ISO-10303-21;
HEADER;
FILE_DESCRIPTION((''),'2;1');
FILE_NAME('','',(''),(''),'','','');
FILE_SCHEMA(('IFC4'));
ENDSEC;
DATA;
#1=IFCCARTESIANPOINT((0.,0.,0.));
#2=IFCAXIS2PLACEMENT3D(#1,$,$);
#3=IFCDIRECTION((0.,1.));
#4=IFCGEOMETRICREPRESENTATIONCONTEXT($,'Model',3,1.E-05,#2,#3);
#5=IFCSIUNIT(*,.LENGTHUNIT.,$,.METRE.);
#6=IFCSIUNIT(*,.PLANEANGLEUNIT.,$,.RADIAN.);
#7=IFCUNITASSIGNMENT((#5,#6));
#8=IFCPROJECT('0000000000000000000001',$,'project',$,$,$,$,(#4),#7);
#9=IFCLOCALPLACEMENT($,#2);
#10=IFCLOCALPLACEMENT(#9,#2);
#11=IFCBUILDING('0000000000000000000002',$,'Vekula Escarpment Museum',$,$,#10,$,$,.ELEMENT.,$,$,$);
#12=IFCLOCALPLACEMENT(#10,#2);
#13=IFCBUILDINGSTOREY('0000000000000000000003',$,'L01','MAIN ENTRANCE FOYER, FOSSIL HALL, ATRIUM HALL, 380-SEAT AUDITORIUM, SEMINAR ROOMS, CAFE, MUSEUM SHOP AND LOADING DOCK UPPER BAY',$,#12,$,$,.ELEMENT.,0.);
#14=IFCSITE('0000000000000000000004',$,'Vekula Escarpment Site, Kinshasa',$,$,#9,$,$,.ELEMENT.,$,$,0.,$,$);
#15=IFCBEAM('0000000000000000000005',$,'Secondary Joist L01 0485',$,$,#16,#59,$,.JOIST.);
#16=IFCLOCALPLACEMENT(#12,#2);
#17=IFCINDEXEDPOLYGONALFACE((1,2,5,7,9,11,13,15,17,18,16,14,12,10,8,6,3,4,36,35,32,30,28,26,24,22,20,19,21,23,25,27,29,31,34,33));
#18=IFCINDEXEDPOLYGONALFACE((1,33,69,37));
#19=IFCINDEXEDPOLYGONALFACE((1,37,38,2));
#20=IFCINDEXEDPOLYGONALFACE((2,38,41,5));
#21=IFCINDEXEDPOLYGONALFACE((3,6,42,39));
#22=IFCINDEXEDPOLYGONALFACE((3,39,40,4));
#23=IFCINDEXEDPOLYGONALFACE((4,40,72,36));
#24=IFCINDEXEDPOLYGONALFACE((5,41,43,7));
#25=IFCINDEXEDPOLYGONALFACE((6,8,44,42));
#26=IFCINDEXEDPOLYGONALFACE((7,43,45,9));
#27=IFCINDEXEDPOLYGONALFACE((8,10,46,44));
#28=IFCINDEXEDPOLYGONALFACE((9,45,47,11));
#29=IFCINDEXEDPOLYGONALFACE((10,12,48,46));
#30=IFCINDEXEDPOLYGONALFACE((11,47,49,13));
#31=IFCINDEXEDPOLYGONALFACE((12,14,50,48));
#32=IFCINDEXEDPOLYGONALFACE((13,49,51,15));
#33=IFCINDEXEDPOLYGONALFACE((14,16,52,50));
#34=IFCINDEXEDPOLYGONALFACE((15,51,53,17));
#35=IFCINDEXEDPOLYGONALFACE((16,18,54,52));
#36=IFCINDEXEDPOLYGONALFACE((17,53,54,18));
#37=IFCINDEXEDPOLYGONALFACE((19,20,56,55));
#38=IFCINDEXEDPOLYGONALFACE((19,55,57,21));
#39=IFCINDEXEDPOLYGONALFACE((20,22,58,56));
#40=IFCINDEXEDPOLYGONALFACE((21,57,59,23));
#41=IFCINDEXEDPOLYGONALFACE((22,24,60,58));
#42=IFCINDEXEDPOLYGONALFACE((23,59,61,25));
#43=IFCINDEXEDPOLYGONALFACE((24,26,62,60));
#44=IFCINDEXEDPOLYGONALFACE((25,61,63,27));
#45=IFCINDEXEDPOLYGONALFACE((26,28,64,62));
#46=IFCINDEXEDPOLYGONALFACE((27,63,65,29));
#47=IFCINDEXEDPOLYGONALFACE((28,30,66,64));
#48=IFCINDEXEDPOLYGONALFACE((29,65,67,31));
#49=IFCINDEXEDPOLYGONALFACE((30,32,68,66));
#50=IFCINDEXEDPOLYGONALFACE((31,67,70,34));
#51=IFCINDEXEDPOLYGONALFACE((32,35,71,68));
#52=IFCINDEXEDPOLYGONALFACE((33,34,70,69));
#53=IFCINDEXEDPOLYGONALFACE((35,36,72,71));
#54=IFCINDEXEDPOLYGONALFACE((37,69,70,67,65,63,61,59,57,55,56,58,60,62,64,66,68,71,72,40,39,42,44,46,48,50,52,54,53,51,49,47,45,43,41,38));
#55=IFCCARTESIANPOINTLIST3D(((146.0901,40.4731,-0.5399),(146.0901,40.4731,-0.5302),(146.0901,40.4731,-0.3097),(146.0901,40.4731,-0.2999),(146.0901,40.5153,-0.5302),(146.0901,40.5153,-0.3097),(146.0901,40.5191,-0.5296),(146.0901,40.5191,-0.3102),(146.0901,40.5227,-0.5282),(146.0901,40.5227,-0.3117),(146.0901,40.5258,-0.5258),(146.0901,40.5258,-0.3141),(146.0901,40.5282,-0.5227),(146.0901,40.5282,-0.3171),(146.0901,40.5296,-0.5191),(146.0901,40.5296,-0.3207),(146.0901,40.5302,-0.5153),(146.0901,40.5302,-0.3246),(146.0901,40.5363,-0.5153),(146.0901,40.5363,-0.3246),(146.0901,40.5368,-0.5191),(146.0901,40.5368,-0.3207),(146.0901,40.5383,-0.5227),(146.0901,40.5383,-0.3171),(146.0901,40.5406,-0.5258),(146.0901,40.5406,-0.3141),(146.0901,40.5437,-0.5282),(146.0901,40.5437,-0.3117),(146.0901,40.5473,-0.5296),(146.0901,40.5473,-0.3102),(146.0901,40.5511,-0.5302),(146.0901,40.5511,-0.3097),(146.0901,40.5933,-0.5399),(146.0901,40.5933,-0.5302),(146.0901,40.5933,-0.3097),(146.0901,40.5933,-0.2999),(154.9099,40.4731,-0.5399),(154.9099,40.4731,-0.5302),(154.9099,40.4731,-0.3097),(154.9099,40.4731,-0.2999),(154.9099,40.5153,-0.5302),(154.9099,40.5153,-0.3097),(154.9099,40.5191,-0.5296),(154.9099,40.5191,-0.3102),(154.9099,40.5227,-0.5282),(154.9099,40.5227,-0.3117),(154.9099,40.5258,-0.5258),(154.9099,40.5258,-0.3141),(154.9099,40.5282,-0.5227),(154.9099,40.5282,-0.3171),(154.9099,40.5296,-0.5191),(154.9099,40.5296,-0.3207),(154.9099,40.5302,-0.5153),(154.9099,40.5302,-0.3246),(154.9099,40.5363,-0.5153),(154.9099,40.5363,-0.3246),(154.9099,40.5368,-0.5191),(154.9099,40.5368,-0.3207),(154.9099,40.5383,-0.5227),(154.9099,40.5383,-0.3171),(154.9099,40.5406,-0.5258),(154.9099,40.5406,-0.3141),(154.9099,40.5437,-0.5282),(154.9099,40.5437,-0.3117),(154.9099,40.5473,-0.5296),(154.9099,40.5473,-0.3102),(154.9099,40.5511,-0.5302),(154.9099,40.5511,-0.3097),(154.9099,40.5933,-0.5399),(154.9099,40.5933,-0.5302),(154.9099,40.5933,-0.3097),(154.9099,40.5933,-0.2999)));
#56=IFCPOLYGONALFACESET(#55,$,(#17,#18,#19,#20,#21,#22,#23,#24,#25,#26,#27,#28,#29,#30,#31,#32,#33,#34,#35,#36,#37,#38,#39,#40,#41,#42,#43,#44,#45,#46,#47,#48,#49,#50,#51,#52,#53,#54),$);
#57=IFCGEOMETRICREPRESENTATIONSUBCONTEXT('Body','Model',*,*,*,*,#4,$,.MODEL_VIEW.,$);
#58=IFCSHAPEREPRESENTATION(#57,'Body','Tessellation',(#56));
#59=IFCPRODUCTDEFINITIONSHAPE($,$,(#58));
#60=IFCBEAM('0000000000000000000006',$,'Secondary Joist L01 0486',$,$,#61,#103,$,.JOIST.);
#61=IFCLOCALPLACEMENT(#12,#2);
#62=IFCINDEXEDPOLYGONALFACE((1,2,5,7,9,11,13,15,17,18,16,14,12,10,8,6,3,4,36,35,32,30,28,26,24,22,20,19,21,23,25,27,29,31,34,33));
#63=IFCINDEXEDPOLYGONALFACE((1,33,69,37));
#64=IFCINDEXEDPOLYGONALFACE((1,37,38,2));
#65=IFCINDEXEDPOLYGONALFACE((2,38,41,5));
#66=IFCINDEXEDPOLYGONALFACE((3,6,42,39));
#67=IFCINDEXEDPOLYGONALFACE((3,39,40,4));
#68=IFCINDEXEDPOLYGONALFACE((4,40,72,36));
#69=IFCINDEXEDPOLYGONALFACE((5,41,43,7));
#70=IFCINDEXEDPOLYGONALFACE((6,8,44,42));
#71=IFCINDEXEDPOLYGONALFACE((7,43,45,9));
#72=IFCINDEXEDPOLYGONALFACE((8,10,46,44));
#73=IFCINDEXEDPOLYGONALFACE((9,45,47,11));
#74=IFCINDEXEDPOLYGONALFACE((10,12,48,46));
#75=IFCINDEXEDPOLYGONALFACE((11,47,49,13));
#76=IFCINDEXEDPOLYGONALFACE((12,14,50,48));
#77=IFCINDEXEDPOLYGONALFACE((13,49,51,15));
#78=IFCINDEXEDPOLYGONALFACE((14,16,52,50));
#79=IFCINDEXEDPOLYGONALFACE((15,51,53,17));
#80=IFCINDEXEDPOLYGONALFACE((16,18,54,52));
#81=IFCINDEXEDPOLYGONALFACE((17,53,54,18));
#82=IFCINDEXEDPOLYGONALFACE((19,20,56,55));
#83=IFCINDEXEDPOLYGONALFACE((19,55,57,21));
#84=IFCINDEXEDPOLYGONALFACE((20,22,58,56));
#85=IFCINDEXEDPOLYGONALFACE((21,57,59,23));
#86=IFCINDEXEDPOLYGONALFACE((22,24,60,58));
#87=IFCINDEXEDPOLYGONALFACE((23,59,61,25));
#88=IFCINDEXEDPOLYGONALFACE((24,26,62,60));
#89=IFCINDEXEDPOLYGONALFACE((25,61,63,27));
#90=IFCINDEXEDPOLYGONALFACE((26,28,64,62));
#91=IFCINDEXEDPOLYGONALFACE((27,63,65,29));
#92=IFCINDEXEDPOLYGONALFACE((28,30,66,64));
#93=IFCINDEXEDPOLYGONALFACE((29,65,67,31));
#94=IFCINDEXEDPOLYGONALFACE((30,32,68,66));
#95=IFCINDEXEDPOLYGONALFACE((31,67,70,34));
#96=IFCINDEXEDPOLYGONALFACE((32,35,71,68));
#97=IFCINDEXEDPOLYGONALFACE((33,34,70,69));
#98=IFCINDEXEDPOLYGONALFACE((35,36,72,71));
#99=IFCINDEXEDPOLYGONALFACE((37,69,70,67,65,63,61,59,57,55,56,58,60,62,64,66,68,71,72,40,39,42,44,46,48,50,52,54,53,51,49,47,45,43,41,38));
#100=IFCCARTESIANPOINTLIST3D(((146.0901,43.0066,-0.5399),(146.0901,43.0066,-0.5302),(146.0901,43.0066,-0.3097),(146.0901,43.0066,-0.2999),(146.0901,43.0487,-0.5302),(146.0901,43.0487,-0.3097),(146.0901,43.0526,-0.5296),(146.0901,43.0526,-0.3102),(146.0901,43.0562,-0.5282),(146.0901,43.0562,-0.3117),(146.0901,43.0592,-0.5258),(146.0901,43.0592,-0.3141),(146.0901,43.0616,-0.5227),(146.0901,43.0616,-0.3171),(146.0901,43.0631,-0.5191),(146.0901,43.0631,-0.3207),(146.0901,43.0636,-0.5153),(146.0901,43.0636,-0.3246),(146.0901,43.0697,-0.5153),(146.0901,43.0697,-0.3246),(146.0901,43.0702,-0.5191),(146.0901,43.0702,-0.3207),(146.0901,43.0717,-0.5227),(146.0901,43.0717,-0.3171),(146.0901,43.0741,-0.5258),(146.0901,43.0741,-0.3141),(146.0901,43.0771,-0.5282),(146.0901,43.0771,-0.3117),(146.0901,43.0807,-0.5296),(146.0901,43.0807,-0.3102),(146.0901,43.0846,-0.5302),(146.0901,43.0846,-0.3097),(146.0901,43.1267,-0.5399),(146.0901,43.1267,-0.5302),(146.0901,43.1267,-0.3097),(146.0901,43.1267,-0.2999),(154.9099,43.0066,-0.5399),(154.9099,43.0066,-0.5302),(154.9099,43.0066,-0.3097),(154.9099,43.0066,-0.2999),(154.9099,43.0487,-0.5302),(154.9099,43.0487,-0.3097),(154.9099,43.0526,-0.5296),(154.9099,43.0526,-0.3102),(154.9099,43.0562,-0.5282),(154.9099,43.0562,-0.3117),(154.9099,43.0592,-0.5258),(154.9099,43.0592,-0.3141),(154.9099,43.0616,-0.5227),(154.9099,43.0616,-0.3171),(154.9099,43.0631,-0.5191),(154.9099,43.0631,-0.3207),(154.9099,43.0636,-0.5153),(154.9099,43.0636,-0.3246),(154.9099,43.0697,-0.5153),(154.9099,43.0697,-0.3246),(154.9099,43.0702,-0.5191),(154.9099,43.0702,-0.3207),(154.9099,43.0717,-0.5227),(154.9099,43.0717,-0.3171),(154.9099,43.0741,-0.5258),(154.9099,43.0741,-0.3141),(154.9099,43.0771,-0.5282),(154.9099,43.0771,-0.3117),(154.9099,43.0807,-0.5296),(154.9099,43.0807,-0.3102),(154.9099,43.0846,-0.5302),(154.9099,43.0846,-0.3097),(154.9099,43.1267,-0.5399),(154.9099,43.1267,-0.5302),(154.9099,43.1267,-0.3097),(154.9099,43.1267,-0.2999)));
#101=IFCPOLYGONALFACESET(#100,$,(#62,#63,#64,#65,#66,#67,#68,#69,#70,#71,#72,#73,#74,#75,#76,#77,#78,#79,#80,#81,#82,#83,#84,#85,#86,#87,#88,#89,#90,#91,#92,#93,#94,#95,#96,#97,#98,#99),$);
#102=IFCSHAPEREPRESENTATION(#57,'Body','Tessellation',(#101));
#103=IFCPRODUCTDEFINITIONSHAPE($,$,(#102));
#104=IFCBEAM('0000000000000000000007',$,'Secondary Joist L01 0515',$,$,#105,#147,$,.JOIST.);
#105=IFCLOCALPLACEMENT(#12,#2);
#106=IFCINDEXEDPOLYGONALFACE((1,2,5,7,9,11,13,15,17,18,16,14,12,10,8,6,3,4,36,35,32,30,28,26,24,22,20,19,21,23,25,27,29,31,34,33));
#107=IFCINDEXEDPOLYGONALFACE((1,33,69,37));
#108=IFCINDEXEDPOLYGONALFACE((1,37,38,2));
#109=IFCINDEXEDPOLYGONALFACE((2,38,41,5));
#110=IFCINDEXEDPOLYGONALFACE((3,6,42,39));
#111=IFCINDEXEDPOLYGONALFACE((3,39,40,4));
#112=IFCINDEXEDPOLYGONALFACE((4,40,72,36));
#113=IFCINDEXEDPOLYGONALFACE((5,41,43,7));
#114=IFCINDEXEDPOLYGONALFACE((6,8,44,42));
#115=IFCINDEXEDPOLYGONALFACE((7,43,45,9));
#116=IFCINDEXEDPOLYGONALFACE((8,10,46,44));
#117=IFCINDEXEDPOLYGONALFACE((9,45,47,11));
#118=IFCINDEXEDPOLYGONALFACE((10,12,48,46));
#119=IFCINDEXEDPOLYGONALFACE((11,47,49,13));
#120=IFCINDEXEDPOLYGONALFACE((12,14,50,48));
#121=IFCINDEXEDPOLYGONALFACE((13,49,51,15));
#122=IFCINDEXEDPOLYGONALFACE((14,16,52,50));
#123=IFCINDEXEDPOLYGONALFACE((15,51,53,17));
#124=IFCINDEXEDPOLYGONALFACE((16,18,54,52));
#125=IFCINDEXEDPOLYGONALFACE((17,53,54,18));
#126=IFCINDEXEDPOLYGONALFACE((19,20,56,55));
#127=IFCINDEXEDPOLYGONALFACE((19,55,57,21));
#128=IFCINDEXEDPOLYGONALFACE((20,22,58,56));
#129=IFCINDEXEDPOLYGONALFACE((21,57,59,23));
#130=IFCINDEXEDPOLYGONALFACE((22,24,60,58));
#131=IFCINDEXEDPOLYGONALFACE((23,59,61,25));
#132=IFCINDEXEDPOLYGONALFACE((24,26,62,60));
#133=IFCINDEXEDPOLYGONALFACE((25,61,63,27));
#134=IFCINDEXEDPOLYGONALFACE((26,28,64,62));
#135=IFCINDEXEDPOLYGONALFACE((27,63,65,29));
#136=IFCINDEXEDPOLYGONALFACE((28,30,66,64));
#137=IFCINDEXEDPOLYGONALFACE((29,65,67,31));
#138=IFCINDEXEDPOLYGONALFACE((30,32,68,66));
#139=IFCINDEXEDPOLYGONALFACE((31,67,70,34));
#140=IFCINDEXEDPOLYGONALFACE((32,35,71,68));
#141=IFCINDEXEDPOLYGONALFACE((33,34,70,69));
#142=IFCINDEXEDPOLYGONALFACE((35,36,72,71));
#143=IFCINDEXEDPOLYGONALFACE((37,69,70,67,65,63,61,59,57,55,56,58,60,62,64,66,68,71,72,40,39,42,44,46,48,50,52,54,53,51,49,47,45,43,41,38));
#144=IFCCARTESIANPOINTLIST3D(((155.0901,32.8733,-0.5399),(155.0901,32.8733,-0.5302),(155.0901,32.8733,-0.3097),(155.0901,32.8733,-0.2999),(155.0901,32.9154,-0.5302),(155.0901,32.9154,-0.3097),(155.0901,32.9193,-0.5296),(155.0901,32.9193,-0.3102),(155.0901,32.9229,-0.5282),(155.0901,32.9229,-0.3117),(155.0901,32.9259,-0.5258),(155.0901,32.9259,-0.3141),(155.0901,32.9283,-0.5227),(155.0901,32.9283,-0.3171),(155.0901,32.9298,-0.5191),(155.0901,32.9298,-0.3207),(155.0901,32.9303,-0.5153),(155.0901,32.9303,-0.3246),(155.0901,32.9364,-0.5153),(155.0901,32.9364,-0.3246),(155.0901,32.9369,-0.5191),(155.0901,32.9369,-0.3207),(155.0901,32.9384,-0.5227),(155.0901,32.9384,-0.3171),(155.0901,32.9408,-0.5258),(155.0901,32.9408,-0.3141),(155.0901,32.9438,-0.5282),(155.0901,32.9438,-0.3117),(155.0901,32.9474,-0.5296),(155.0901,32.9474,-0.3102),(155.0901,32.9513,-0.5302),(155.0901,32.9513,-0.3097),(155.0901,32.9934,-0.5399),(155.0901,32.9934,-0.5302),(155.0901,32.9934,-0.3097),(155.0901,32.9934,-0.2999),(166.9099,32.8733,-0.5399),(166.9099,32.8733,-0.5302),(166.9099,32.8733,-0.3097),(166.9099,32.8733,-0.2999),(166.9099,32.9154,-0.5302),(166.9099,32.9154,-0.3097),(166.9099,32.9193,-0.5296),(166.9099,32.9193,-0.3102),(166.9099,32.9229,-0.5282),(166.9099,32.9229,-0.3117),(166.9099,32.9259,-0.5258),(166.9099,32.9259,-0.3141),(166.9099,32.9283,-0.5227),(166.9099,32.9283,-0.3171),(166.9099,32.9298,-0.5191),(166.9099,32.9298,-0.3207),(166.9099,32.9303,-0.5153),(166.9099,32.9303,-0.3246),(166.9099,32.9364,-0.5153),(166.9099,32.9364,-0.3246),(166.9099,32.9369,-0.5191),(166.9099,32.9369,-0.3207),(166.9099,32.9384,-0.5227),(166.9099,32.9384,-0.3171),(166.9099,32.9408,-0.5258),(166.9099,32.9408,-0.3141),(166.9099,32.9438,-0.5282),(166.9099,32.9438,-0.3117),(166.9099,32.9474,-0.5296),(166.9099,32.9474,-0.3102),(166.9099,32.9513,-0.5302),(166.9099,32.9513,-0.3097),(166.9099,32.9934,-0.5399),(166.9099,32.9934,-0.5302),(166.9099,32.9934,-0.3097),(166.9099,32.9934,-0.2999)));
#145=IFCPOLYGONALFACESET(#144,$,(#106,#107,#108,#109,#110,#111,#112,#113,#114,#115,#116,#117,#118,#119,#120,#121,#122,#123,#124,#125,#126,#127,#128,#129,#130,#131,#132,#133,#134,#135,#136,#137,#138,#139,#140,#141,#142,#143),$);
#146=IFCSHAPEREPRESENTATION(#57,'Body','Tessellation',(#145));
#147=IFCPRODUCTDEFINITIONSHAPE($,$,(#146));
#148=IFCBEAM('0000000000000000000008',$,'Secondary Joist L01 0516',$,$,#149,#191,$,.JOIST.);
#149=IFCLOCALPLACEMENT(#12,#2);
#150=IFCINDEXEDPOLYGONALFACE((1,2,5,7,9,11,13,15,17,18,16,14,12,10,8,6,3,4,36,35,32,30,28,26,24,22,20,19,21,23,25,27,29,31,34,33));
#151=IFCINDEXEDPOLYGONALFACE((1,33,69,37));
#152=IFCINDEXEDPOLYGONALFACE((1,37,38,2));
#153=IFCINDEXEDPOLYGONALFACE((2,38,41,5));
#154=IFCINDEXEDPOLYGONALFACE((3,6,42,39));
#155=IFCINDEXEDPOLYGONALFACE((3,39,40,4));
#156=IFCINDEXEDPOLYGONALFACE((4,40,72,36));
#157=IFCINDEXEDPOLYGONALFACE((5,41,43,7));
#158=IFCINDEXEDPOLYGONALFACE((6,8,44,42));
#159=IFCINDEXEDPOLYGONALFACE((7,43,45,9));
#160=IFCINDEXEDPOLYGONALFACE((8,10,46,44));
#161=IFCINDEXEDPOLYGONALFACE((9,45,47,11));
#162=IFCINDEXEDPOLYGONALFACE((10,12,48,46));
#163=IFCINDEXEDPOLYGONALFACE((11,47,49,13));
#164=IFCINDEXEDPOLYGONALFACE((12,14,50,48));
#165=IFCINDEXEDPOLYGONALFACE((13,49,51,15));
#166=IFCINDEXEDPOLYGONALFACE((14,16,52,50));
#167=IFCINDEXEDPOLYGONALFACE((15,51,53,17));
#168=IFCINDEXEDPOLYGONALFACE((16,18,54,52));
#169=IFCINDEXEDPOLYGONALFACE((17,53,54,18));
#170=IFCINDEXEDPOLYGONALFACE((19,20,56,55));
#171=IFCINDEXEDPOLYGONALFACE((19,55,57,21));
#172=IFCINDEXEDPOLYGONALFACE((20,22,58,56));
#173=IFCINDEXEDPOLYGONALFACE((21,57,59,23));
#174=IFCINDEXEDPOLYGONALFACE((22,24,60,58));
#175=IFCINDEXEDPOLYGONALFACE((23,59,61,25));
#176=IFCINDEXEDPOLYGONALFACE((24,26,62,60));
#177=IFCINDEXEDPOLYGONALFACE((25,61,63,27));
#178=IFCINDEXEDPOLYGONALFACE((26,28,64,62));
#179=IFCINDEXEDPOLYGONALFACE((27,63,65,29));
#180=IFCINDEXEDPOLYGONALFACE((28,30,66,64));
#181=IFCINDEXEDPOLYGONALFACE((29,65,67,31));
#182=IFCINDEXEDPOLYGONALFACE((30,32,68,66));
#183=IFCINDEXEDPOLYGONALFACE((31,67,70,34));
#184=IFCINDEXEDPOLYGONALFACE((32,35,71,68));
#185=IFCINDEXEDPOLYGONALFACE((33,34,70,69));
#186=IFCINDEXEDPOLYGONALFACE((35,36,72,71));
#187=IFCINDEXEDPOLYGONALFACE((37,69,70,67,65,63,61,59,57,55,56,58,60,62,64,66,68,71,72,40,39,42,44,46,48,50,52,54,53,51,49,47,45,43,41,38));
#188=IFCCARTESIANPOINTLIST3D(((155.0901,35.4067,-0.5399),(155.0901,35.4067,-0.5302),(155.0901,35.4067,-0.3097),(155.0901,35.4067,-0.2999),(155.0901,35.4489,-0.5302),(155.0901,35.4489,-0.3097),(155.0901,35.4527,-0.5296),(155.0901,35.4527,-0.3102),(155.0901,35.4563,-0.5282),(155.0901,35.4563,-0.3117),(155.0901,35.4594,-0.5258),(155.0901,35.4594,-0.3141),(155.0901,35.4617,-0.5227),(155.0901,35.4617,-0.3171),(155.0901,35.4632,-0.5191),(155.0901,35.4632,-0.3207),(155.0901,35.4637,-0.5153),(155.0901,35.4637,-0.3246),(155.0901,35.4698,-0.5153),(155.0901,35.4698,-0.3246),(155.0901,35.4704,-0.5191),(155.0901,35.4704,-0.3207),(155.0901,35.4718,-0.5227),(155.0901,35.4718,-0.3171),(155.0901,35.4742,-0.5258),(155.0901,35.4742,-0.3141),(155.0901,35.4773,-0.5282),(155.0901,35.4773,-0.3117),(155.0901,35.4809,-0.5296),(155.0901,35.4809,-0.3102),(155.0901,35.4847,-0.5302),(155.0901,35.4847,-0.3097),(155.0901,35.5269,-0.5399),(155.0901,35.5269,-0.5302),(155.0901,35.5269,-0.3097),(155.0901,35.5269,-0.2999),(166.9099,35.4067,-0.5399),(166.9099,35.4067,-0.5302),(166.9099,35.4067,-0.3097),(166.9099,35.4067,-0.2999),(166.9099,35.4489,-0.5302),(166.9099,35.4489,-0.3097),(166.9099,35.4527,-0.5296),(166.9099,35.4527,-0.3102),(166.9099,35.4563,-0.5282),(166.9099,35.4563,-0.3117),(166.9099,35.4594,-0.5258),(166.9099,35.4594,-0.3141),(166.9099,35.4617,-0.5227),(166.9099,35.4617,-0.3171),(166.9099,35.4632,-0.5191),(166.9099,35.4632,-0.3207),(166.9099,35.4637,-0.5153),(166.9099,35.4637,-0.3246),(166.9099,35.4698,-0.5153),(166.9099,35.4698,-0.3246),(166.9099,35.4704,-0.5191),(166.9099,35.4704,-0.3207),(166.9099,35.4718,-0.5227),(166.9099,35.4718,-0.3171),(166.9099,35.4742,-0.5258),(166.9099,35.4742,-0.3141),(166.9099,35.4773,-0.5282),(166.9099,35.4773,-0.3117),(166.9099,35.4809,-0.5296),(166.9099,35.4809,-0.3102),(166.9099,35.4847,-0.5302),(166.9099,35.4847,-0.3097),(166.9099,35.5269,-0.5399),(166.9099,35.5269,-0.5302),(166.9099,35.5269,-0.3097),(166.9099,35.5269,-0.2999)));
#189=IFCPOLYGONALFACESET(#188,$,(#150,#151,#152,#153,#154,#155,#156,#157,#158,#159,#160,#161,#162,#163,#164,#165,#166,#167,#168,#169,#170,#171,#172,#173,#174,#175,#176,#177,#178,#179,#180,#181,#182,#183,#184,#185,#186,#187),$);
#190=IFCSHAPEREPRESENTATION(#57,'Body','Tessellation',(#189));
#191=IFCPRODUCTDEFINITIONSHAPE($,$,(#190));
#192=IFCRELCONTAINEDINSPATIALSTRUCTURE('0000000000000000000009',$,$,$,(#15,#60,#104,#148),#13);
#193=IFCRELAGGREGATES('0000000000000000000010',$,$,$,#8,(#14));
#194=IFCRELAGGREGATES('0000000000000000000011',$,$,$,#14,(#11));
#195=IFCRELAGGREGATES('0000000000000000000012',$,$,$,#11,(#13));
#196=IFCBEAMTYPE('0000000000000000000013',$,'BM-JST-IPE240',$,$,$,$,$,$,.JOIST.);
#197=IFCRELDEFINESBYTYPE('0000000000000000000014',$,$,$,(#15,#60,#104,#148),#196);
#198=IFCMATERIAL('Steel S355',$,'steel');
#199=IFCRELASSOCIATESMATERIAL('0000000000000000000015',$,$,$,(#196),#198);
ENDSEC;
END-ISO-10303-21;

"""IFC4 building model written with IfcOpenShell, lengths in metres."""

from ifc_helpers import new_model, si_unit, direction, frame, origin, origin_2d, place, context, subcontext, project, spatial, i_section, extrude, material, material_profile, profile_set, type_object, element, save


model = new_model("IFC4")

# Units and contexts
model_context = context("Model", 3, precision=1e-05, world=origin(), true_north=direction((0.0, 1.0)))
body_context = subcontext(model_context, "Body", "Model", "MODEL_VIEW")
ifc_project = project(units=[si_unit("LENGTHUNIT", "METRE"), si_unit("PLANEANGLEUNIT", "RADIAN")], contexts=[model_context])

# Site, building, storey
site_placement = place(None, origin())
site = spatial("IfcSite", under=ifc_project, at=site_placement, Name="Vekula Escarpment Site, Kinshasa", CompositionType="ELEMENT", RefElevation=0.0)
building_placement = place(site_placement, origin())
building = spatial("IfcBuilding", under=site, at=building_placement, Name="Vekula Escarpment Museum", CompositionType="ELEMENT")
storey_placement = place(building_placement, origin())
storey = spatial("IfcBuildingStorey", under=building, at=storey_placement, Name="L01", Description="MAIN ENTRANCE FOYER, FOSSIL HALL, ATRIUM HALL, 380-SEAT AUDITORIUM, SEMINAR ROOMS, CAFE, MUSEUM SHOP AND LOADING DOCK UPPER BAY", CompositionType="ELEMENT", Elevation=0.0)

# Beams
ifc_material_1 = material(Name="Steel S355", Category="steel")
ifc_material_profile_1 = material_profile(ifc_material_1, i_section(OverallWidth=0.1201, OverallDepth=0.24, WebThickness=0.0061, FlangeThickness=0.0098, FilletRadius=0.0149, at=origin_2d()), Name="IPE 240")
ifc_profile_set_1 = profile_set([ifc_material_profile_1], Name="Steel S355")
beam_type_1 = type_object("IfcBeamType", Name="BM-JST-IPE240", PredefinedType="JOIST", material=ifc_profile_set_1)
for number, where, z_axis, x_axis, name in (
    (1, (146.0901, 40.5332, -0.4199), (1.0, 0.0, 0.0), (0.0, 1.0, 0.0), "Secondary Joist L01 0485"),
    (2, (146.0901, 43.0667, -0.4199), (1.0, 0.0, 0.0), (0.0, 1.0, 0.0), "Secondary Joist L01 0486"),
):
    element("IfcBeam", number, at=place(storey_placement, frame(where, z_axis=z_axis, x_axis=x_axis)), inside=storey, type_object=beam_type_1, Name=name, PredefinedType="JOIST", context=body_context, shape_type="SweptSolid", body=[
        extrude(i_section(OverallWidth=0.1201, OverallDepth=0.24, WebThickness=0.0061, FlangeThickness=0.0098, FilletRadius=0.0149, at=origin_2d()), origin(), (0.0, 0.0, 1.0), 8.8198),
    ])
for number, where, z_axis, x_axis, name in (
    (3, (155.0901, 32.9333, -0.4199), (1.0, 0.0, 0.0), (0.0, 1.0, 0.0), "Secondary Joist L01 0515"),
    (4, (155.0901, 35.4668, -0.4199), (1.0, 0.0, 0.0), (0.0, 1.0, 0.0), "Secondary Joist L01 0516"),
):
    element("IfcBeam", number, at=place(storey_placement, frame(where, z_axis=z_axis, x_axis=x_axis)), inside=storey, type_object=beam_type_1, Name=name, PredefinedType="JOIST", context=body_context, shape_type="SweptSolid", body=[
        extrude(i_section(OverallWidth=0.1201, OverallDepth=0.24, WebThickness=0.0061, FlangeThickness=0.0098, FilletRadius=0.0149, at=origin_2d()), origin(), (0.0, 0.0, 1.0), 11.8198),
    ])

save(model, "model.ifc")
